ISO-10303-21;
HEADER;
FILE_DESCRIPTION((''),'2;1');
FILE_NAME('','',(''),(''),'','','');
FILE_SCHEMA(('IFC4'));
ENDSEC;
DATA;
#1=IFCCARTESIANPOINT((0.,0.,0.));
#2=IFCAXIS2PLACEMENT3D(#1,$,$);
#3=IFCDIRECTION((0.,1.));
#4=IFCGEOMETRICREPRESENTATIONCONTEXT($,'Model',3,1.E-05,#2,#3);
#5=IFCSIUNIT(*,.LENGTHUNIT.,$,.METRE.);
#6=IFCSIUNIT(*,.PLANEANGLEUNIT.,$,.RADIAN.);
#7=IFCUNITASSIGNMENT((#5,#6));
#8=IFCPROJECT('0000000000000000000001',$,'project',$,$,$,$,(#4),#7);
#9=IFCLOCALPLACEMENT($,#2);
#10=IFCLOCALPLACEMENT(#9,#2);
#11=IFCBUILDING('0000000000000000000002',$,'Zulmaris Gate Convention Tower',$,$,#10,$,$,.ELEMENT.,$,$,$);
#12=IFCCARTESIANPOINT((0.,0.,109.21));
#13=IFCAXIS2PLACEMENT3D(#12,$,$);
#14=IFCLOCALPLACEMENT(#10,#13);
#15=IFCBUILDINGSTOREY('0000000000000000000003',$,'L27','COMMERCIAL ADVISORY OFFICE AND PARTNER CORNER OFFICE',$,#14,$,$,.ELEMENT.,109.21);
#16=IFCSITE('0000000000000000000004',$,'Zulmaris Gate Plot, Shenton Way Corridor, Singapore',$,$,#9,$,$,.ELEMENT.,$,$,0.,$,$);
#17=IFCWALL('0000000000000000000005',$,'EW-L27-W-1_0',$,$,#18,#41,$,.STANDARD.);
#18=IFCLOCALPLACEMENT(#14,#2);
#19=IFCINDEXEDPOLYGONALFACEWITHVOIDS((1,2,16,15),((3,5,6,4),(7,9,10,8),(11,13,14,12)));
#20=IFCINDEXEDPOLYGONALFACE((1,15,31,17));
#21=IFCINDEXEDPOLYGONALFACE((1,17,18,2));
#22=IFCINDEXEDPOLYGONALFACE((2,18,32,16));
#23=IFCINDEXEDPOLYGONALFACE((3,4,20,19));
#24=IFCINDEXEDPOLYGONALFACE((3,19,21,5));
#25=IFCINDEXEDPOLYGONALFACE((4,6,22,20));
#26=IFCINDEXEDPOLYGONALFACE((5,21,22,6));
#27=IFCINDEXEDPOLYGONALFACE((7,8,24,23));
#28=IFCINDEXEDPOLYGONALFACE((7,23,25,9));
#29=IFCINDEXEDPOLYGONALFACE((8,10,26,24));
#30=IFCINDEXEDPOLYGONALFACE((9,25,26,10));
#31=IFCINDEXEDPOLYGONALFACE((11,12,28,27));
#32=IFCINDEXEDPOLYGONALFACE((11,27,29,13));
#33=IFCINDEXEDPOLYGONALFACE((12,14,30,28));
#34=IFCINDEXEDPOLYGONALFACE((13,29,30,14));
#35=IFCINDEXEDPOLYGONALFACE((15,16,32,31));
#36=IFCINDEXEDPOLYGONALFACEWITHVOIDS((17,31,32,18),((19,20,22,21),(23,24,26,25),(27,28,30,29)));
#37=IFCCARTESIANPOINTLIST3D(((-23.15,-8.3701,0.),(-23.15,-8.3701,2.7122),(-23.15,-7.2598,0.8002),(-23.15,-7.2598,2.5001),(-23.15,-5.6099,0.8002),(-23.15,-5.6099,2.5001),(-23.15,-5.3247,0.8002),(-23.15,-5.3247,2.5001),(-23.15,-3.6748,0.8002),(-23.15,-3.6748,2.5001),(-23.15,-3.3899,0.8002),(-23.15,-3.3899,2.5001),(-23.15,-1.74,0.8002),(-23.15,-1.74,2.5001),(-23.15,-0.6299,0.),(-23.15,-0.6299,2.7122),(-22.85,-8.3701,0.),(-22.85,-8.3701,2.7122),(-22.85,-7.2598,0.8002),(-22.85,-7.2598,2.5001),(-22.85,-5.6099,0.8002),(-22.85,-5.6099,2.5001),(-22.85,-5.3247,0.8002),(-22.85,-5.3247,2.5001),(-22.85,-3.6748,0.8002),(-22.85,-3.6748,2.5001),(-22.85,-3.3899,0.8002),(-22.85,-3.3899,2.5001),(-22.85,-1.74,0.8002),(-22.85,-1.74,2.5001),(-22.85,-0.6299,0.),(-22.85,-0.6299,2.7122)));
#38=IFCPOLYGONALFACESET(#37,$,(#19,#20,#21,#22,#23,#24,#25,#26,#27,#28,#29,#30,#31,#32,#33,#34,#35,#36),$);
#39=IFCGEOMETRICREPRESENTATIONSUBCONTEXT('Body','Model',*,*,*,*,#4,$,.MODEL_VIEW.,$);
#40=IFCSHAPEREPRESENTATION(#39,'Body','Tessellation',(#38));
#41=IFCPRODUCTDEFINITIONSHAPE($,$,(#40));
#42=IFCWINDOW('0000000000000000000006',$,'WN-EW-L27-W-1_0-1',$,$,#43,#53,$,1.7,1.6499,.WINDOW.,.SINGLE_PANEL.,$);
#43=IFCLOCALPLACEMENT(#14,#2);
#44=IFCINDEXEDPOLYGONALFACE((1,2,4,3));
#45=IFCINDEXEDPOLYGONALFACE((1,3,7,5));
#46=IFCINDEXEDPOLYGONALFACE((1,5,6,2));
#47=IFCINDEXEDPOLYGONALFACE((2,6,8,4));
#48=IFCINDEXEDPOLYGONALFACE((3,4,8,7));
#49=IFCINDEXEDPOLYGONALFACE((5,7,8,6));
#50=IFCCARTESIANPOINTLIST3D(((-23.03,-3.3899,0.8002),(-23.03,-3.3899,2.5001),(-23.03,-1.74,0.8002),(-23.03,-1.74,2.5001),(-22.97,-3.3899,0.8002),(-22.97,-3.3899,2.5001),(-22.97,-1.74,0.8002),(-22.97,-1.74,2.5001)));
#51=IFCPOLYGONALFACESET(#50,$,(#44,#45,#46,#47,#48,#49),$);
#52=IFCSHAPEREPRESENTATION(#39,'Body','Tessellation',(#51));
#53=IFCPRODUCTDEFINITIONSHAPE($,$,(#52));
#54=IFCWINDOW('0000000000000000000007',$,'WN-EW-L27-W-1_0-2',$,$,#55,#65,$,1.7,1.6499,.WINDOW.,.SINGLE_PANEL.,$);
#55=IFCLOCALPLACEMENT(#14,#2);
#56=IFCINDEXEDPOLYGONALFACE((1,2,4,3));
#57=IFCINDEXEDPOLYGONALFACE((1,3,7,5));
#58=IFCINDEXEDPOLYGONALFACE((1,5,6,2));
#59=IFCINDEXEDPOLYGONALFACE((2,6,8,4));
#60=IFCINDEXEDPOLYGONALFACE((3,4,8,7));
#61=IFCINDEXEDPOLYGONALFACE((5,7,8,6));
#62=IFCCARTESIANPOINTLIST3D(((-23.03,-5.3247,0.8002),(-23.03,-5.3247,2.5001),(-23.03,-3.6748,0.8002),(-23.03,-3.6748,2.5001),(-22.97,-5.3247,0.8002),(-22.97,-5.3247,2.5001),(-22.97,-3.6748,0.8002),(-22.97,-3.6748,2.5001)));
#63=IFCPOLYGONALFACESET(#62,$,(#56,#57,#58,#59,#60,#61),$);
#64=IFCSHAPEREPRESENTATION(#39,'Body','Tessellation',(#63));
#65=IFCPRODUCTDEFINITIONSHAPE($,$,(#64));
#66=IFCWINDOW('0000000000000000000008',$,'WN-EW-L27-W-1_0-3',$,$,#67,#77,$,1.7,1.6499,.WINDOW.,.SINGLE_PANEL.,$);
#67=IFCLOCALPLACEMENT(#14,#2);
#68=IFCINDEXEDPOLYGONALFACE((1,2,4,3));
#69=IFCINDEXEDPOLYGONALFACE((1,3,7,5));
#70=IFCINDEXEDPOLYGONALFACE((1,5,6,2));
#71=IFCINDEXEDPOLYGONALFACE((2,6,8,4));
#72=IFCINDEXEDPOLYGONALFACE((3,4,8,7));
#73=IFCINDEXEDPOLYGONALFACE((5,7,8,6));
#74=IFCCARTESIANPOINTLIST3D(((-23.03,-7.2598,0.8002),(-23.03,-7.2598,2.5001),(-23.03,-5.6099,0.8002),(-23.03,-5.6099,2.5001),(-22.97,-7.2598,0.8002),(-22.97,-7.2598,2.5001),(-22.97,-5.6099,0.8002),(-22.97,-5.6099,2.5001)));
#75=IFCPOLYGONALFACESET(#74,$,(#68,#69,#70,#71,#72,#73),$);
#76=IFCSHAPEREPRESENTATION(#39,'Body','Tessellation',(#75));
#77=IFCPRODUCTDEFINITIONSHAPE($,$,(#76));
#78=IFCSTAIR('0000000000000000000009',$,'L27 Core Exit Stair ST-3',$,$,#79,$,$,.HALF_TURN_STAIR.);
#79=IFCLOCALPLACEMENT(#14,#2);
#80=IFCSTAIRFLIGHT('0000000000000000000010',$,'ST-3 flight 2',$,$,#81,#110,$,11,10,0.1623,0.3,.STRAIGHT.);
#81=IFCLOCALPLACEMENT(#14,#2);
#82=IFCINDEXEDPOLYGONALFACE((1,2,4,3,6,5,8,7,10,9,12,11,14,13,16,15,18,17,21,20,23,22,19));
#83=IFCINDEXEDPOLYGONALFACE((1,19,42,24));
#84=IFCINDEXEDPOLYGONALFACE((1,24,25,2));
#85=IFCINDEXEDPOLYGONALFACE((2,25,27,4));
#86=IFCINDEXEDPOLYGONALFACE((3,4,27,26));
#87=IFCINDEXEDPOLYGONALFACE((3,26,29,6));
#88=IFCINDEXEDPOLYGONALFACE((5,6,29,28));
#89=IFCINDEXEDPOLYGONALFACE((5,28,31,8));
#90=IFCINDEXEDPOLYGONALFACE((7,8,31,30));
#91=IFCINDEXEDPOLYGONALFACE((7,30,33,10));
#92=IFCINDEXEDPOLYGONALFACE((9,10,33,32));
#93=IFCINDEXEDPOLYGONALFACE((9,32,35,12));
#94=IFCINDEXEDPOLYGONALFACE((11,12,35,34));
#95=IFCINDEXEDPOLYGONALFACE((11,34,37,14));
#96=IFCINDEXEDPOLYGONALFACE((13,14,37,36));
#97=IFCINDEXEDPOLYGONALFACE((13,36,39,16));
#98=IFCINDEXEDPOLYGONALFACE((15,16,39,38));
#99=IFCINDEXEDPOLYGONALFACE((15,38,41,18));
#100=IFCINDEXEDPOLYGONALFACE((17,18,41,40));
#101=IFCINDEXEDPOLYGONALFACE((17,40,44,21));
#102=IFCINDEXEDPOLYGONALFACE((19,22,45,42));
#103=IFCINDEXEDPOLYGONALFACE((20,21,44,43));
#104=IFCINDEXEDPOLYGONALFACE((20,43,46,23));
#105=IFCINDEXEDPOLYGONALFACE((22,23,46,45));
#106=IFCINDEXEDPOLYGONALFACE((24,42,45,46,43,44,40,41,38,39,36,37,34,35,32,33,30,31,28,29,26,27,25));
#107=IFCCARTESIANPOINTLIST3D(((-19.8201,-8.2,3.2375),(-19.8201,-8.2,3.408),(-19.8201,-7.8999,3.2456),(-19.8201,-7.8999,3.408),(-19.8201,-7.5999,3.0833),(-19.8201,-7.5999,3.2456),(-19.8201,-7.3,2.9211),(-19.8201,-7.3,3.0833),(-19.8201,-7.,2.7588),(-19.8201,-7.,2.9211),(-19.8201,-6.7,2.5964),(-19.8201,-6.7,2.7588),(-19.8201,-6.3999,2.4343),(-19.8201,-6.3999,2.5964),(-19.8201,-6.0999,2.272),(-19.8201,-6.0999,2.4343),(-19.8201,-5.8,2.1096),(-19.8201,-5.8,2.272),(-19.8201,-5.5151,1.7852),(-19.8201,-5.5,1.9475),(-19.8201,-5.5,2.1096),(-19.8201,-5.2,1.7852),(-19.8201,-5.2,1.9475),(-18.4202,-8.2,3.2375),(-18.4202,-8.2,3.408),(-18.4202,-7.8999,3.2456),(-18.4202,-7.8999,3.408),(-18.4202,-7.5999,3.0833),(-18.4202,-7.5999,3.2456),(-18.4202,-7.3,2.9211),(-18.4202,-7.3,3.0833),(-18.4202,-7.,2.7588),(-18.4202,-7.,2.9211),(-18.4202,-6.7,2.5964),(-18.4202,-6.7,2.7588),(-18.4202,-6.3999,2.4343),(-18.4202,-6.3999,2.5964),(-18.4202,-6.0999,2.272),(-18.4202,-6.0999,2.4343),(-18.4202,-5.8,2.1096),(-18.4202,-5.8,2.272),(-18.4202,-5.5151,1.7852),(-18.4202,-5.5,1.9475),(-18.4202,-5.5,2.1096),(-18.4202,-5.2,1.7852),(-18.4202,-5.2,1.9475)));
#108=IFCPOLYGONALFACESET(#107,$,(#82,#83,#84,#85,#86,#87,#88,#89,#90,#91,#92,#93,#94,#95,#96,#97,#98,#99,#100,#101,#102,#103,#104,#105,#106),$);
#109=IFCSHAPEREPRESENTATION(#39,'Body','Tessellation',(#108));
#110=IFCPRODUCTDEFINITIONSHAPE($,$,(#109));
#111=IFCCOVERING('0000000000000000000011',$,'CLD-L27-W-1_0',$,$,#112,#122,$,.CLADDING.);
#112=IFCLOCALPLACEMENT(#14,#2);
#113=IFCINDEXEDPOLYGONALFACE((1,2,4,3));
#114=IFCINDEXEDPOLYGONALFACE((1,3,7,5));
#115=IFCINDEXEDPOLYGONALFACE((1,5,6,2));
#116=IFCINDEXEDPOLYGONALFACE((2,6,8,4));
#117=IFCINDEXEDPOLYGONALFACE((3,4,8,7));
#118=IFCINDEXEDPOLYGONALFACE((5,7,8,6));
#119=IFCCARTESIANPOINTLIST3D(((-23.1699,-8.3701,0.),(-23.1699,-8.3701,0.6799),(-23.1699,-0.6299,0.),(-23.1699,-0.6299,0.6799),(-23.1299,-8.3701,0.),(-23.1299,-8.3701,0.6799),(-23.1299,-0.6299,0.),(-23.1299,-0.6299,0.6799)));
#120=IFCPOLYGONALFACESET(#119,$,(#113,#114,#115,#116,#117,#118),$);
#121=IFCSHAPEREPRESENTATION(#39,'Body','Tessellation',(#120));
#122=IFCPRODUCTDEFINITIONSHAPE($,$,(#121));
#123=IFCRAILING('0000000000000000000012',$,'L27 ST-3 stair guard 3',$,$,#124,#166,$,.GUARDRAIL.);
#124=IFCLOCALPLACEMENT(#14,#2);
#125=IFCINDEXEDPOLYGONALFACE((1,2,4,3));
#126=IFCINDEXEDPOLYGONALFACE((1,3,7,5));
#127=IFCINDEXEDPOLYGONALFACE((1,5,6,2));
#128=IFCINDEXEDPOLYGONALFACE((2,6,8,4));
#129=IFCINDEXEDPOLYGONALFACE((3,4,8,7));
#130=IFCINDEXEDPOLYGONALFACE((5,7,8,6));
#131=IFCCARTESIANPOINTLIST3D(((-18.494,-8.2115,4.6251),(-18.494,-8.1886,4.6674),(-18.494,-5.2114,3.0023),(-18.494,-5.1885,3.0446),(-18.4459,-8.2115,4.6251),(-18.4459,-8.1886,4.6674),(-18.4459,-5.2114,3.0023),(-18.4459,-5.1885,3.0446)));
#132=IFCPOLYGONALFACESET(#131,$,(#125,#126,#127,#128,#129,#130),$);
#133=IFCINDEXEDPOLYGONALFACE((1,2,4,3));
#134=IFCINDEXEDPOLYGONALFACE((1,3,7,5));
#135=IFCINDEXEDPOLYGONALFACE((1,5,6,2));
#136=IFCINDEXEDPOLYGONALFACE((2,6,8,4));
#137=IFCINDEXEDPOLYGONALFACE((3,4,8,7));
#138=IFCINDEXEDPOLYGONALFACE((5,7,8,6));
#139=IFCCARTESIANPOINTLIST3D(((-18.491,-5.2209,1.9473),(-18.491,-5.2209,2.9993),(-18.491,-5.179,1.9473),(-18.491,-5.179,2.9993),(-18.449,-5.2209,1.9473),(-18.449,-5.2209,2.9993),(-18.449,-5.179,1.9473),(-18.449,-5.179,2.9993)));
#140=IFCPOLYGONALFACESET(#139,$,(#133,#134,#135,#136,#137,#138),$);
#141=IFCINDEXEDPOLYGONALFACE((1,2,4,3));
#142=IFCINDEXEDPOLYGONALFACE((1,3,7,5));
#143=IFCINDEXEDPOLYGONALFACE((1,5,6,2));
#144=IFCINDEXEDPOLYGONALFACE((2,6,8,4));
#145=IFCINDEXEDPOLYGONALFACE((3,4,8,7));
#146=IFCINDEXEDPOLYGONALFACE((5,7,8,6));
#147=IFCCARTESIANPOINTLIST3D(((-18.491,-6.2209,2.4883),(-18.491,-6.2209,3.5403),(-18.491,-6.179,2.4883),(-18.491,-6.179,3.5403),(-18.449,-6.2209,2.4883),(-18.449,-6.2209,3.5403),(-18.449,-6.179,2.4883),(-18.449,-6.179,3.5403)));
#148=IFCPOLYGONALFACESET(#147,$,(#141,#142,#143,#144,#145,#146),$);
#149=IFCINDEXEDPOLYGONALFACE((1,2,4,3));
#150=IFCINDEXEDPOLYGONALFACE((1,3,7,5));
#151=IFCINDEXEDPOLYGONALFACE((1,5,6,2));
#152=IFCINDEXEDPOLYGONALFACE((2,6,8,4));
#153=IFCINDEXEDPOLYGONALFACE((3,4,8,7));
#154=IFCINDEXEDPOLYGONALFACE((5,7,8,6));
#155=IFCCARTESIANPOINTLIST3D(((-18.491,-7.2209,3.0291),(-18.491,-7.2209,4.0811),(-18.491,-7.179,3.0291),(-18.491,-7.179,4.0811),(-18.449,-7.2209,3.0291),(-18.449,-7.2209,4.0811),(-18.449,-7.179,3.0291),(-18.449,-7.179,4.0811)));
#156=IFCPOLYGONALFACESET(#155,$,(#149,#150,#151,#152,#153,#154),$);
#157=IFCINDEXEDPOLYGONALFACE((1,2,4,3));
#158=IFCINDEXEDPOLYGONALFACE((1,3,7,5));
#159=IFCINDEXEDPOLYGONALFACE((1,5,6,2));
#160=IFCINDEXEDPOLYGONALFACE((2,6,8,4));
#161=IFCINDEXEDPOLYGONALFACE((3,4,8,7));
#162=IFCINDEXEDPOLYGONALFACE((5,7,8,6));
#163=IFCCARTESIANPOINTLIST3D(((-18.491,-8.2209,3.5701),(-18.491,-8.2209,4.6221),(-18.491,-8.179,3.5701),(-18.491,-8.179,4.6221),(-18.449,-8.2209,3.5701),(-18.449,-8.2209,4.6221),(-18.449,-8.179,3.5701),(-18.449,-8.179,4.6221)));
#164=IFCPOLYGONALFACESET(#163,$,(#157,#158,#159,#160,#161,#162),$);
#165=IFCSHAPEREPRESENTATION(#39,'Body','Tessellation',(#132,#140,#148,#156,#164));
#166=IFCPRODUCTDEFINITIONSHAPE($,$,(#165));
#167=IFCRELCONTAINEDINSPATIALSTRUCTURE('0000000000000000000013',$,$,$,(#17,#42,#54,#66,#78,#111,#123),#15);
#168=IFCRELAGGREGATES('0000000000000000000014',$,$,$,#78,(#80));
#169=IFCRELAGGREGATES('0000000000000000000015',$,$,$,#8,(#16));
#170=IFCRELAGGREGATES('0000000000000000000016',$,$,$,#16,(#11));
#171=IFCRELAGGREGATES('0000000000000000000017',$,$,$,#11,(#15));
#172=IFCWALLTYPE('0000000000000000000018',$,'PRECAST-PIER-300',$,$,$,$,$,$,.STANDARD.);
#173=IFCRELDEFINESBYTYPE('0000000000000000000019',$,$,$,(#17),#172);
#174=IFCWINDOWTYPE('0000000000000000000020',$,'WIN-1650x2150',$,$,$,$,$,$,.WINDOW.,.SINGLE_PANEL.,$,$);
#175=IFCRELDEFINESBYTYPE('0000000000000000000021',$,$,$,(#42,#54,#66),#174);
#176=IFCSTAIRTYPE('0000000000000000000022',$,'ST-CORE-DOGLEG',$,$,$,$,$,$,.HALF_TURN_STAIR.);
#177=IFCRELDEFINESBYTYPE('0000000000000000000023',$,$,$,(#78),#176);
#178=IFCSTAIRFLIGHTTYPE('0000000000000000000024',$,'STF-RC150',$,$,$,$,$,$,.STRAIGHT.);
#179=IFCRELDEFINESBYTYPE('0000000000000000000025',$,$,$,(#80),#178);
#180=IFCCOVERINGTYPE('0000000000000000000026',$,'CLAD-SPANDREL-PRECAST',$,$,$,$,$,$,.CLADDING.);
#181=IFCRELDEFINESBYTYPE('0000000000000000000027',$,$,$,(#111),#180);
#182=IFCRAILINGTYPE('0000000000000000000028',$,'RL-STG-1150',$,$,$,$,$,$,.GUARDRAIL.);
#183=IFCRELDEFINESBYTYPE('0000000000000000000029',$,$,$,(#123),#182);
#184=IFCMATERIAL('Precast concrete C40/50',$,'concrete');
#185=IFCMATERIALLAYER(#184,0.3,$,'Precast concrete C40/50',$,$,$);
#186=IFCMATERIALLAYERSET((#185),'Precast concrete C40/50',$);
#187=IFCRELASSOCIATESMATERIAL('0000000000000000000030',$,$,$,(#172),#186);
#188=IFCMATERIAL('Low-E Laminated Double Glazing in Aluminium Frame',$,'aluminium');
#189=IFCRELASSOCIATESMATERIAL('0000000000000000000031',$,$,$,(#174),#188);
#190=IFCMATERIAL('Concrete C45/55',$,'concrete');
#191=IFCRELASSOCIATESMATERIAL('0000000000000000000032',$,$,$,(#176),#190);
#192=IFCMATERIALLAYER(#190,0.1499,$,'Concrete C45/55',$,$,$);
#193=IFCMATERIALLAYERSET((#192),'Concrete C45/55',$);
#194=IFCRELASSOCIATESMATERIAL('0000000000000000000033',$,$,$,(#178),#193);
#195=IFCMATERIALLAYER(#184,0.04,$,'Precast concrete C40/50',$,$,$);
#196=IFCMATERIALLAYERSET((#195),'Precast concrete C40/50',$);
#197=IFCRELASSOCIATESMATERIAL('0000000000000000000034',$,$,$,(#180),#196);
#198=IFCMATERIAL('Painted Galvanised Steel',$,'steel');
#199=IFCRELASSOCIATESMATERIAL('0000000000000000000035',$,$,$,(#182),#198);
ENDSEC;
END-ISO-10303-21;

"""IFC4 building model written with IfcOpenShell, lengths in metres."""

from ifc_helpers import new_model, si_unit, direction, frame, frame_2d, origin, origin_2d, place, context, subcontext, project, spatial, polyline, rectangle, outline, extrude, material, layer, layer_set, type_object, element, fill, aggregate, save


model = new_model("IFC4")

# Units and contexts
model_context = context("Model", 3, precision=1e-05, world=origin(), true_north=direction((0.0, 1.0)))
body_context = subcontext(model_context, "Body", "Model", "MODEL_VIEW")
ifc_project = project(units=[si_unit("LENGTHUNIT", "METRE"), si_unit("PLANEANGLEUNIT", "RADIAN")], contexts=[model_context])

# Site, building, storey
site_placement = place(None, origin())
site = spatial("IfcSite", under=ifc_project, at=site_placement, Name="Zulmaris Gate Plot, Shenton Way Corridor, Singapore", CompositionType="ELEMENT", RefElevation=0.0)
building_placement = place(site_placement, origin())
building = spatial("IfcBuilding", under=site, at=building_placement, Name="Zulmaris Gate Convention Tower", CompositionType="ELEMENT")
storey_placement = place(building_placement, frame((0.0, 0.0, 109.21)))
storey = spatial("IfcBuildingStorey", under=building, at=storey_placement, Name="L27", Description="COMMERCIAL ADVISORY OFFICE AND PARTNER CORNER OFFICE", CompositionType="ELEMENT", Elevation=109.21)

# Shared definitions
ifc_material_1 = material(Name="Precast concrete C40/50", Category="concrete")
ifc_layer_1 = layer(ifc_material_1, 0.3, Name="Precast concrete C40/50")
ifc_layer_set_1 = layer_set([ifc_layer_1], Name="Precast concrete C40/50")
wall_type_1 = type_object("IfcWallType", Name="PRECAST-PIER-300", PredefinedType="STANDARD", material=ifc_layer_set_1)

# Wall, openings, windows
wall_1_placement = place(storey_placement, frame((-23.0, -0.6299, 0.0), z_axis=(0.0, 0.0, 1.0), x_axis=(0.0, -1.0, 0.0)))
wall_1 = element("IfcWall", 1, at=wall_1_placement, inside=storey, type_object=wall_type_1, Name="EW-L27-W-1_0", PredefinedType="STANDARD", context=body_context, shape_type="SweptSolid", body=[
    extrude(rectangle(XDim=7.7402, YDim=0.3, at=frame_2d((3.8701, 0.0))), origin(), (0.0, 0.0, 1.0), 2.7122),
])
opening_1_placement = place(wall_1_placement, frame((1.1101, 0.0, 0.8)))
opening_1 = element("IfcOpeningElement", 2, at=opening_1_placement, cuts=wall_1, PredefinedType="OPENING", context=body_context, shape_type="SweptSolid", body=[
    extrude(rectangle(XDim=1.6499, YDim=1.7, at=frame_2d((0.825, 0.8501))), frame((0.0, 0.1602, 0.0), z_axis=(0.0, -1.0, 0.0), x_axis=(1.0, 0.0, 0.0)), (0.0, 0.0, 1.0), 0.3201),
])
opening_2_placement = place(wall_1_placement, frame((3.0449, 0.0, 0.8)))
opening_2 = element("IfcOpeningElement", 3, at=opening_2_placement, cuts=wall_1, PredefinedType="OPENING", context=body_context, shape_type="SweptSolid", body=[
    extrude(rectangle(XDim=1.6499, YDim=1.7, at=frame_2d((0.825, 0.8501))), frame((0.0, 0.1602, 0.0), z_axis=(0.0, -1.0, 0.0), x_axis=(1.0, 0.0, 0.0)), (0.0, 0.0, 1.0), 0.3201),
])
opening_3_placement = place(wall_1_placement, frame((4.98, 0.0, 0.8)))
opening_3 = element("IfcOpeningElement", 4, at=opening_3_placement, cuts=wall_1, PredefinedType="OPENING", context=body_context, shape_type="SweptSolid", body=[
    extrude(rectangle(XDim=1.6499, YDim=1.7, at=frame_2d((0.825, 0.8501))), frame((0.0, 0.1602, 0.0), z_axis=(0.0, -1.0, 0.0), x_axis=(1.0, 0.0, 0.0)), (0.0, 0.0, 1.0), 0.3201),
])
ifc_material_2 = material(Name="Low-E Laminated Double Glazing in Aluminium Frame", Category="aluminium")
window_type = type_object("IfcWindowType", Name="WIN-1650x2150", PartitioningType="SINGLE_PANEL", PredefinedType="WINDOW", material=ifc_material_2)
window_1_placement = place(opening_1_placement, origin())
window_1 = element("IfcWindow", 5, at=window_1_placement, inside=storey, type_object=window_type, Name="WN-EW-L27-W-1_0-1", OverallHeight=1.7, OverallWidth=1.6499, PartitioningType="SINGLE_PANEL", PredefinedType="WINDOW", context=body_context, shape_type="SweptSolid", body=[
    extrude(rectangle(XDim=1.6499, YDim=1.7, at=frame_2d((0.825, 0.8501))), frame((0.0, 0.03, 0.0), z_axis=(0.0, -1.0, 0.0), x_axis=(1.0, 0.0, 0.0)), (0.0, 0.0, 1.0), 0.0601),
])
fill(opening_1, window_1)
window_2_placement = place(opening_2_placement, origin())
window_2 = element("IfcWindow", 6, at=window_2_placement, inside=storey, type_object=window_type, Name="WN-EW-L27-W-1_0-2", OverallHeight=1.7, OverallWidth=1.6499, PartitioningType="SINGLE_PANEL", PredefinedType="WINDOW", context=body_context, shape_type="SweptSolid", body=[
    extrude(rectangle(XDim=1.6499, YDim=1.7, at=frame_2d((0.825, 0.8501))), frame((0.0, 0.03, 0.0), z_axis=(0.0, -1.0, 0.0), x_axis=(1.0, 0.0, 0.0)), (0.0, 0.0, 1.0), 0.0601),
])
fill(opening_2, window_2)
window_3_placement = place(opening_3_placement, origin())
window_3 = element("IfcWindow", 7, at=window_3_placement, inside=storey, type_object=window_type, Name="WN-EW-L27-W-1_0-3", OverallHeight=1.7, OverallWidth=1.6499, PartitioningType="SINGLE_PANEL", PredefinedType="WINDOW", context=body_context, shape_type="SweptSolid", body=[
    extrude(rectangle(XDim=1.6499, YDim=1.7, at=frame_2d((0.825, 0.8501))), frame((0.0, 0.03, 0.0), z_axis=(0.0, -1.0, 0.0), x_axis=(1.0, 0.0, 0.0)), (0.0, 0.0, 1.0), 0.0601),
])
fill(opening_3, window_3)

# Stair, stair flight
ifc_material_3 = material(Name="Concrete C45/55", Category="concrete")
stair_type = type_object("IfcStairType", Name="ST-CORE-DOGLEG", PredefinedType="HALF_TURN_STAIR", material=ifc_material_3)
stair_placement = place(storey_placement, origin())
stair = element("IfcStair", 8, at=stair_placement, inside=storey, type_object=stair_type, Name="L27 Core Exit Stair ST-3", PredefinedType="HALF_TURN_STAIR")
ifc_layer_2 = layer(ifc_material_3, 0.1499, Name="Concrete C45/55")
ifc_layer_set_2 = layer_set([ifc_layer_2], Name="Concrete C45/55")
stair_flight_type = type_object("IfcStairFlightType", Name="STF-RC150", PredefinedType="STRAIGHT", material=ifc_layer_set_2)
stair_flight_placement = place(storey_placement, frame((-19.1201, -5.2, 1.7852), z_axis=(0.0, 0.0, 1.0), x_axis=(0.0, -1.0, 0.0)))
stair_flight = element("IfcStairFlight", 9, at=stair_flight_placement, type_object=stair_flight_type, Name="ST-3 flight 2", NumberOfRisers=11, NumberOfTreads=10, PredefinedType="STRAIGHT", RiserHeight=0.1623, TreadLength=0.3, context=body_context, shape_type="SweptSolid", body=[
    extrude(outline(polyline([(0.0, 0.0), (0.0, 0.1624), (0.3, 0.1624), (0.3, 0.3245), (0.6001, 0.3245), (0.6001, 0.4868), (0.8999, 0.4868), (0.8999, 0.6492), (1.2, 0.6492), (1.2, 0.8113), (1.5, 0.8113), (1.5, 0.9736), (1.8, 0.9736), (1.8, 1.136), (2.1001, 1.136), (2.1001, 1.2981), (2.3999, 1.2981), (2.3999, 1.4604), (2.7, 1.4604), (2.7, 1.6228), (3.0, 1.6228), (3.0, 1.7849), (3.0, 1.4524), (0.3152, 0.0), (0.0, 0.0)])), frame((0.0, 0.7, 0.0), z_axis=(0.0, -1.0, 0.0), x_axis=(1.0, 0.0, 0.0)), (0.0, 0.0, 1.0), 1.3999),
])
aggregate(stair, [stair_flight])

# Covering
ifc_layer_3 = layer(ifc_material_1, 0.04, Name="Precast concrete C40/50")
ifc_layer_set_3 = layer_set([ifc_layer_3], Name="Precast concrete C40/50")
covering_type = type_object("IfcCoveringType", Name="CLAD-SPANDREL-PRECAST", PredefinedType="CLADDING", material=ifc_layer_set_3)
covering_placement = place(storey_placement, frame((-23.1499, -0.6299, 0.0), z_axis=(0.0, 0.0, 1.0), x_axis=(0.0, -1.0, 0.0)))
element("IfcCovering", 10, at=covering_placement, inside=storey, type_object=covering_type, Name="CLD-L27-W-1_0", PredefinedType="CLADDING", context=body_context, shape_type="SweptSolid", body=[
    extrude(rectangle(XDim=7.7402, YDim=0.04, at=frame_2d((3.8701, 0.0))), origin(), (0.0, 0.0, 1.0), 0.6799),
])

# Railing
ifc_material_4 = material(Name="Painted Galvanised Steel", Category="steel")
railing_type_1 = type_object("IfcRailingType", Name="RL-STG-1150", PredefinedType="GUARDRAIL", material=ifc_material_4)
railing_1_placement = place(storey_placement, frame((-18.47, -5.2, 1.9473)))
element("IfcRailing", 11, at=railing_1_placement, inside=storey, type_object=railing_type_1, Name="L27 ST-3 stair guard 3", PredefinedType="GUARDRAIL", context=body_context, shape_type="SweptSolid", body=[
    extrude(rectangle(XDim=0.0481, YDim=0.0481, at=origin_2d()), frame((0.0, 0.0, 1.0762), z_axis=(0.0, -0.879562, 0.475785), x_axis=(1.0, 0.0, 0.0)), (0.0, 0.0, 1.0), 3.4109),
    extrude(rectangle(XDim=0.042, YDim=0.042, at=origin_2d()), origin(), (0.0, 0.0, 1.0), 1.052),
    extrude(rectangle(XDim=0.042, YDim=0.042, at=origin_2d()), frame((0.0, -1.0, 0.541)), (0.0, 0.0, 1.0), 1.052),
    extrude(rectangle(XDim=0.042, YDim=0.042, at=origin_2d()), frame((0.0, -2.0, 1.0818)), (0.0, 0.0, 1.0), 1.052),
    extrude(rectangle(XDim=0.042, YDim=0.042, at=origin_2d()), frame((0.0, -3.0, 1.6228)), (0.0, 0.0, 1.0), 1.052),
])

save(model, "model.ifc")
